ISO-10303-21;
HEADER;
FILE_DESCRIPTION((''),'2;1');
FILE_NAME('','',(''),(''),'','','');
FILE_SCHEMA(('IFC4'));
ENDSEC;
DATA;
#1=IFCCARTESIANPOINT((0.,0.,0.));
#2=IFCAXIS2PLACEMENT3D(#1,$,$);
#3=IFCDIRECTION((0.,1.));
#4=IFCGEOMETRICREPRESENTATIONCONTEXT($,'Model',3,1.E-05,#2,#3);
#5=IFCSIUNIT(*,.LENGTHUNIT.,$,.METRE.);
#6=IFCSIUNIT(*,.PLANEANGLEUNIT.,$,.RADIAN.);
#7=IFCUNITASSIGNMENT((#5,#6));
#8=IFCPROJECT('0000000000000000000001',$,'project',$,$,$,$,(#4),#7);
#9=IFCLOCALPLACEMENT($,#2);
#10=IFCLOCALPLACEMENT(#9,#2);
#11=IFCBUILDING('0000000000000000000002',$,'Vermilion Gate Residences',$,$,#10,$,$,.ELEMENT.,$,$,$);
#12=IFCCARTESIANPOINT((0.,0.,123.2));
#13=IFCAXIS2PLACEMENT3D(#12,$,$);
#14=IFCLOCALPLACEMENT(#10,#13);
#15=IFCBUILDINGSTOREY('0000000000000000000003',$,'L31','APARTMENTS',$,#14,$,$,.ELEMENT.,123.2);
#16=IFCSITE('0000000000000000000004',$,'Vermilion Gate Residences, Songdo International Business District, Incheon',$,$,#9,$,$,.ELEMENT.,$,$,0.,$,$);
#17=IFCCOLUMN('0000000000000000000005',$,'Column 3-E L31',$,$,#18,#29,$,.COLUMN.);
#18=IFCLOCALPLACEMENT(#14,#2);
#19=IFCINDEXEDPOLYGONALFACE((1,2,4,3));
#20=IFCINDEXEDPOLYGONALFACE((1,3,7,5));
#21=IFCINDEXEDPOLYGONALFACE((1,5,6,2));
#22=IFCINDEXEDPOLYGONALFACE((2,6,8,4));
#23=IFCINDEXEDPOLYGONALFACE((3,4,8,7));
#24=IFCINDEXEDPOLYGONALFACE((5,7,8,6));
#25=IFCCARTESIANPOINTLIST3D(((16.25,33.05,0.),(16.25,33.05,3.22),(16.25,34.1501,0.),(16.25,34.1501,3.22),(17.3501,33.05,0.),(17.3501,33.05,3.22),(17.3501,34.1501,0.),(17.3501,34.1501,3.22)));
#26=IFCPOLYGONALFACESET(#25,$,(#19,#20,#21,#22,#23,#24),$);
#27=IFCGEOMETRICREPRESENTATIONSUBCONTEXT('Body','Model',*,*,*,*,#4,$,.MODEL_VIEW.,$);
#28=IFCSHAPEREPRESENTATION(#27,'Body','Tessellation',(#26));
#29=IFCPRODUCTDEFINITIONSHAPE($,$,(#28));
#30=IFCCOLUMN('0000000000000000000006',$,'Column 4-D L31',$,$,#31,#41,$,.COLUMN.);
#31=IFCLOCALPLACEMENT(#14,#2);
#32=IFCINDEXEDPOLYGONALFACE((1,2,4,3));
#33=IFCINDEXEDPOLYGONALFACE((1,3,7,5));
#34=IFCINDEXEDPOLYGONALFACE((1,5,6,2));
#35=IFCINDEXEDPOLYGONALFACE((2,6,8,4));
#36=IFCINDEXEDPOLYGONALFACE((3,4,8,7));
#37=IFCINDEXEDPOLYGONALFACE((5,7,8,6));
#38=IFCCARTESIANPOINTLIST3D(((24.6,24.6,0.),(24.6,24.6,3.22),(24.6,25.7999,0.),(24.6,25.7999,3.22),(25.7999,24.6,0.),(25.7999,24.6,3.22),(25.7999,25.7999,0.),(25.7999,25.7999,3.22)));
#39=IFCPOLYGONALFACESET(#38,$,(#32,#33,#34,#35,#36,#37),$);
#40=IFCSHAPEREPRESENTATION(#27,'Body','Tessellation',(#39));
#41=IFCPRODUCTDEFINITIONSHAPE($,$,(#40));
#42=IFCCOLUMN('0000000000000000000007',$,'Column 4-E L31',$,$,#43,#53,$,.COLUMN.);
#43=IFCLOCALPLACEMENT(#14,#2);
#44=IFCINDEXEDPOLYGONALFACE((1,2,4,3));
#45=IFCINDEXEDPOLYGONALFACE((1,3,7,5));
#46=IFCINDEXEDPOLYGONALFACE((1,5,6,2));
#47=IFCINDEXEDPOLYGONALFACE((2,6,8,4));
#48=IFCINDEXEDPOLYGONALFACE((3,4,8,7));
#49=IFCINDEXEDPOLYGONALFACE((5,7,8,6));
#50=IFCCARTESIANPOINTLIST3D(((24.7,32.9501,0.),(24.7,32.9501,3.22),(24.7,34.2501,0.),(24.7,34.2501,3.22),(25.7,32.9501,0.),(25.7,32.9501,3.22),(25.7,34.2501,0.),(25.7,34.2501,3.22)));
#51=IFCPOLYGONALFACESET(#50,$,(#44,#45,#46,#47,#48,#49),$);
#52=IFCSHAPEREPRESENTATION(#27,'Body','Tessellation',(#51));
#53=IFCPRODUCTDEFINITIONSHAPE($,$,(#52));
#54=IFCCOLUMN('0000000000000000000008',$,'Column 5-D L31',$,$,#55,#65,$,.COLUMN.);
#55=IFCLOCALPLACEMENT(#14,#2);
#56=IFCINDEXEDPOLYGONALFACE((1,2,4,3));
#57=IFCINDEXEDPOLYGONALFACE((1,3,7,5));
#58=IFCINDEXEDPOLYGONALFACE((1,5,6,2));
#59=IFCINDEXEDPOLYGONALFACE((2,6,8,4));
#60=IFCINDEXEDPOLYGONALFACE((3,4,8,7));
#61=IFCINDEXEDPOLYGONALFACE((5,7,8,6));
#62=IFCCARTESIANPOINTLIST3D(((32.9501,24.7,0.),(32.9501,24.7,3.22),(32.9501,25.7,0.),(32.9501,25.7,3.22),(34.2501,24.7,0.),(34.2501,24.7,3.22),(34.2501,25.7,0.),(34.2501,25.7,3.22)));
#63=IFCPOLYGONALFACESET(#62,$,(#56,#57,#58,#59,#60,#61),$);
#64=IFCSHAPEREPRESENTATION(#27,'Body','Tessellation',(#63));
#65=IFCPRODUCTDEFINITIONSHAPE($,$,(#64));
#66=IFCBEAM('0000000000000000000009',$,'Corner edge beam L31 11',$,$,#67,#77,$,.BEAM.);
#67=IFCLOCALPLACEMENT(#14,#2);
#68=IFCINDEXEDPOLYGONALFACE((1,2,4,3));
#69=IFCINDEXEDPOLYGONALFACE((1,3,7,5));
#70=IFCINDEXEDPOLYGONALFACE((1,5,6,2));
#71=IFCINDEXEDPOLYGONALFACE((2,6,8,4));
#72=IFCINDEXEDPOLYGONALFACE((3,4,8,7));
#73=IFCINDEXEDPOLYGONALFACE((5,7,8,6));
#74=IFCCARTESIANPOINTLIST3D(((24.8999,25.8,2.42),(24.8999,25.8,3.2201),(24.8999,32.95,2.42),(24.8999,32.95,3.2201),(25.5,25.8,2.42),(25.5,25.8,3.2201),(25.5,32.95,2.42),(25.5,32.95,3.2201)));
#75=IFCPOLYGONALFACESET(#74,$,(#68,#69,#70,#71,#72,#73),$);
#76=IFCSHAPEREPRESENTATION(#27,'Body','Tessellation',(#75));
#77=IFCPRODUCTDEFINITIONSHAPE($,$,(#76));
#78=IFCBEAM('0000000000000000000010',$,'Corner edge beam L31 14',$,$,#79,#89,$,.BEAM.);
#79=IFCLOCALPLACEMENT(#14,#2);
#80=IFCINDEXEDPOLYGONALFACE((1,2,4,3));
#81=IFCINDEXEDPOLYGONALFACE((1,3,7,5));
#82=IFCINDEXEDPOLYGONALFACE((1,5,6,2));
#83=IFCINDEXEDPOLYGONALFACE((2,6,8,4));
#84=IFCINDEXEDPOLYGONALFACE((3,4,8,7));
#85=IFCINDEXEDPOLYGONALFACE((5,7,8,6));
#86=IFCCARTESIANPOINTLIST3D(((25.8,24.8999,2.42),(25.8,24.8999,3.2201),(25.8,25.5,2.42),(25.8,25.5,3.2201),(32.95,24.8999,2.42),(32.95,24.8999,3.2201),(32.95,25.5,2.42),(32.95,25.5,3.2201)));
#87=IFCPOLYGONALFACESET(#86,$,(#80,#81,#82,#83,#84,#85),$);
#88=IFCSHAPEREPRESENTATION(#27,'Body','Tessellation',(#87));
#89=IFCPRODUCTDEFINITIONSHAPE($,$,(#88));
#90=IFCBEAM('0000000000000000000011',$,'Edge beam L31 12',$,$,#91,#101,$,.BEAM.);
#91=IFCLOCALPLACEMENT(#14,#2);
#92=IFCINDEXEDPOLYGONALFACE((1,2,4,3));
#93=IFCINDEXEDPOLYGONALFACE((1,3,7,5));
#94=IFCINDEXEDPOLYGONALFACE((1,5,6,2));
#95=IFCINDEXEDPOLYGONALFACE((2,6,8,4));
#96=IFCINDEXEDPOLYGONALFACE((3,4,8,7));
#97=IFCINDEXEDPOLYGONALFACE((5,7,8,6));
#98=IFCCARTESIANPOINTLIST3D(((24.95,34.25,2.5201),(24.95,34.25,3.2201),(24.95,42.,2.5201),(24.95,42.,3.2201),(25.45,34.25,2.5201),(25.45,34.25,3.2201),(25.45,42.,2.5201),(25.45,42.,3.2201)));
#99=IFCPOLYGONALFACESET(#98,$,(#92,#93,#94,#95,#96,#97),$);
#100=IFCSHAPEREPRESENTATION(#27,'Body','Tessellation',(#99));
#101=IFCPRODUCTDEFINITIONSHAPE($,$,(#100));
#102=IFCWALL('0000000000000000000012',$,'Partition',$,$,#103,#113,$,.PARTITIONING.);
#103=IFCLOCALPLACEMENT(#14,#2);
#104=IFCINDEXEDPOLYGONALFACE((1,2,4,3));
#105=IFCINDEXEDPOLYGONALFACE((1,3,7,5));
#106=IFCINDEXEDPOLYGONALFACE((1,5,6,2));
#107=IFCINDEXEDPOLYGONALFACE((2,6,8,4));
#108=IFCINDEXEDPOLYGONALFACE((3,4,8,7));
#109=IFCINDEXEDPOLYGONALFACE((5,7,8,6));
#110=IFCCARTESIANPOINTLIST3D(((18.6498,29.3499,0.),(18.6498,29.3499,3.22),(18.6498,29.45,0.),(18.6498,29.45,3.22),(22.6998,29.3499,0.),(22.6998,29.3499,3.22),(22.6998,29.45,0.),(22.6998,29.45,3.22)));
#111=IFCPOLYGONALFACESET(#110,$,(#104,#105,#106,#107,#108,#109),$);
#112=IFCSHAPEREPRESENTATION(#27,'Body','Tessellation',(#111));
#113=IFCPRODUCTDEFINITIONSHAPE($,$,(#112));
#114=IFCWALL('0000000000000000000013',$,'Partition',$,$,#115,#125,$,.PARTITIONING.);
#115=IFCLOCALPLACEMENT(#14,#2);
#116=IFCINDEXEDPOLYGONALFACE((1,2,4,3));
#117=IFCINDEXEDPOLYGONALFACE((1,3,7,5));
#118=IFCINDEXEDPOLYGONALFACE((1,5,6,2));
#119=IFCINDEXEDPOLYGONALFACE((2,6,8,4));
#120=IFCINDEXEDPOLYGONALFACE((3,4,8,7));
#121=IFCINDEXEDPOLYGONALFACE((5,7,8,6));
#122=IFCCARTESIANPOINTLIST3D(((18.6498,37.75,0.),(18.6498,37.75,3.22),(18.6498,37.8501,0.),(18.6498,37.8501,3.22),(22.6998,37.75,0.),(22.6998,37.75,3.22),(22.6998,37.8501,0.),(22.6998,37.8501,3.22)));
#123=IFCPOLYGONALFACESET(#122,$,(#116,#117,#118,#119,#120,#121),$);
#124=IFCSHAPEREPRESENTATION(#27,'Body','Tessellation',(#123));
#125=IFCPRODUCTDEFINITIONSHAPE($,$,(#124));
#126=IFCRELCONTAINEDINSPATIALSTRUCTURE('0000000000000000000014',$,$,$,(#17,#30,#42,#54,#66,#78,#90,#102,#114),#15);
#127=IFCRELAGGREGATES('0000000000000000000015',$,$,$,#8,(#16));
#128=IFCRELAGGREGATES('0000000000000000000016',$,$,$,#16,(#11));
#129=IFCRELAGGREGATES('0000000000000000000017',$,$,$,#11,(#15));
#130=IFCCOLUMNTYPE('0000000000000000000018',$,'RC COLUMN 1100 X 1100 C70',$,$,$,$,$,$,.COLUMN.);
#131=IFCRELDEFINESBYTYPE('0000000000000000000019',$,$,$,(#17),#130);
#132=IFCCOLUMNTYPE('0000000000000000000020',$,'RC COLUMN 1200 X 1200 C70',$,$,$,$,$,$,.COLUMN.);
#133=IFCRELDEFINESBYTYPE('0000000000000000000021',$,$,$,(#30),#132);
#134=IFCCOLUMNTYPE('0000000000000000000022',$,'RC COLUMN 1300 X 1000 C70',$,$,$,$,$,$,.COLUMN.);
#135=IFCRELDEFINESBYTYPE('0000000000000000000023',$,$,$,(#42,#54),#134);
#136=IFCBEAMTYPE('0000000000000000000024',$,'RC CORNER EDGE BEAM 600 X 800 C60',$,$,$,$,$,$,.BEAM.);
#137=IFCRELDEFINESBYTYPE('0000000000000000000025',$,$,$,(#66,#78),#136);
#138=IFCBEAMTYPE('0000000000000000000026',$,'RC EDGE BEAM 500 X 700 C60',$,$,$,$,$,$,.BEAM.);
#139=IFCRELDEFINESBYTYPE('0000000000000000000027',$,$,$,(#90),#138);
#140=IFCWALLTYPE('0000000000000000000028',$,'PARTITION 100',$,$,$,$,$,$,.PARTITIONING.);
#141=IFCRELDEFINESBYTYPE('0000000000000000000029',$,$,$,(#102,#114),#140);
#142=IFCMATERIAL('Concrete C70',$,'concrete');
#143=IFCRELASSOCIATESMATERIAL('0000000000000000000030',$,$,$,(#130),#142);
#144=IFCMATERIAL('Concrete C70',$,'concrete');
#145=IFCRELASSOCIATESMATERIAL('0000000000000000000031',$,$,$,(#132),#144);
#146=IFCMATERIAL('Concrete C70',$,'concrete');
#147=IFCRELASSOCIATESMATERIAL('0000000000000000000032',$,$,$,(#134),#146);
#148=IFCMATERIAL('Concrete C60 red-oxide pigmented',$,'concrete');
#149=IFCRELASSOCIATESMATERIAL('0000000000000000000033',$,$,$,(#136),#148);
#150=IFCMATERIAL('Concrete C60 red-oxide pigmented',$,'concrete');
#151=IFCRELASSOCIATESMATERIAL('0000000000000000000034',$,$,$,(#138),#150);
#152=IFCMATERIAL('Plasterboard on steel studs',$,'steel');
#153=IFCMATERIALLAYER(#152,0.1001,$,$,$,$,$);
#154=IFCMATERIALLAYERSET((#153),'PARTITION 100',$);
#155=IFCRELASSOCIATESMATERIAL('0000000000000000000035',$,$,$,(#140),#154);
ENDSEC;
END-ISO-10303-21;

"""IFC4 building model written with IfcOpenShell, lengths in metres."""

from ifc_helpers import new_model, si_unit, direction, frame, frame_2d, origin, origin_2d, place, context, subcontext, project, spatial, rectangle, extrude, material, layer, layer_set, material_profile, profile_set, type_object, element, save


model = new_model("IFC4")

# Units and contexts
model_context = context("Model", 3, precision=1e-05, world=origin(), true_north=direction((0.0, 1.0)))
body_context = subcontext(model_context, "Body", "Model", "MODEL_VIEW")
ifc_project = project(units=[si_unit("LENGTHUNIT", "METRE"), si_unit("PLANEANGLEUNIT", "RADIAN")], contexts=[model_context])

# Site, building, storey
site_placement = place(None, origin())
site = spatial("IfcSite", under=ifc_project, at=site_placement, Name="Vermilion Gate Residences, Songdo International Business District, Incheon", CompositionType="ELEMENT", RefElevation=0.0)
building_placement = place(site_placement, origin())
building = spatial("IfcBuilding", under=site, at=building_placement, Name="Vermilion Gate Residences", CompositionType="ELEMENT")
storey_placement = place(building_placement, frame((0.0, 0.0, 123.2)))
storey = spatial("IfcBuildingStorey", under=building, at=storey_placement, Name="L31", Description="APARTMENTS", CompositionType="ELEMENT", Elevation=123.2)

# Columns
ifc_material_1 = material(Name="Concrete C70", Category="concrete")
ifc_material_profile_1 = material_profile(ifc_material_1, rectangle(XDim=1.1001, YDim=1.1001, at=origin_2d()), Name="RC-1100x1100")
ifc_profile_set_1 = profile_set([ifc_material_profile_1], Name="Concrete C70")
column_type_1 = type_object("IfcColumnType", Name="RC COLUMN 1100 X 1100 C70", PredefinedType="COLUMN", material=ifc_profile_set_1)
column_1_placement = place(storey_placement, frame((16.8, 33.6001, 0.0), z_axis=(0.0, 0.0, 1.0), x_axis=(1.0, 0.0, 0.0)))
element("IfcColumn", 1, at=column_1_placement, inside=storey, type_object=column_type_1, Name="Column 3-E L31", PredefinedType="COLUMN", context=body_context, shape_type="SweptSolid", body=[
    extrude(rectangle(XDim=1.1001, YDim=1.1001, at=origin_2d()), origin(), (0.0, 0.0, 1.0), 3.22),
])
ifc_material_2 = material(Name="Concrete C70", Category="concrete")
ifc_material_profile_2 = material_profile(ifc_material_2, rectangle(XDim=1.2, YDim=1.2, at=origin_2d()), Name="RC-1200x1200")
ifc_profile_set_2 = profile_set([ifc_material_profile_2], Name="Concrete C70")
column_type_2 = type_object("IfcColumnType", Name="RC COLUMN 1200 X 1200 C70", PredefinedType="COLUMN", material=ifc_profile_set_2)
column_2_placement = place(storey_placement, frame((25.2, 25.2, 0.0), z_axis=(0.0, 0.0, 1.0), x_axis=(1.0, 0.0, 0.0)))
element("IfcColumn", 2, at=column_2_placement, inside=storey, type_object=column_type_2, Name="Column 4-D L31", PredefinedType="COLUMN", context=body_context, shape_type="SweptSolid", body=[
    extrude(rectangle(XDim=1.2, YDim=1.2, at=origin_2d()), origin(), (0.0, 0.0, 1.0), 3.22),
])
ifc_material_3 = material(Name="Concrete C70", Category="concrete")
ifc_material_profile_3 = material_profile(ifc_material_3, rectangle(XDim=1.3, YDim=1.0, at=origin_2d()), Name="RC-1300x1000")
ifc_profile_set_3 = profile_set([ifc_material_profile_3], Name="Concrete C70")
column_type_3 = type_object("IfcColumnType", Name="RC COLUMN 1300 X 1000 C70", PredefinedType="COLUMN", material=ifc_profile_set_3)
for number, where, z_axis, x_axis, name in (
    (3, (25.2, 33.6001, 0.0), (0.0, 0.0, 1.0), (0.0, 1.0, 0.0), "Column 4-E L31"),
    (4, (33.6001, 25.2, 0.0), (0.0, 0.0, 1.0), (1.0, 0.0, 0.0), "Column 5-D L31"),
):
    element("IfcColumn", number, at=place(storey_placement, frame(where, z_axis=z_axis, x_axis=x_axis)), inside=storey, type_object=column_type_3, Name=name, PredefinedType="COLUMN", context=body_context, shape_type="SweptSolid", body=[
        extrude(rectangle(XDim=1.3, YDim=1.0, at=origin_2d()), origin(), (0.0, 0.0, 1.0), 3.22),
    ])

# Beams
ifc_material_4 = material(Name="Concrete C60 red-oxide pigmented", Category="concrete")
ifc_material_profile_4 = material_profile(ifc_material_4, rectangle(XDim=0.6001, YDim=0.8, at=origin_2d()), Name="RC-600x800")
ifc_profile_set_4 = profile_set([ifc_material_profile_4], Name="Concrete C60 red-oxide pigmented")
beam_type_1 = type_object("IfcBeamType", Name="RC CORNER EDGE BEAM 600 X 800 C60", PredefinedType="BEAM", material=ifc_profile_set_4)
for number, where, z_axis, x_axis, name in (
    (5, (25.2, 25.8, 2.8201), (0.0, 1.0, 0.0), (-1.0, 0.0, 0.0), "Corner edge beam L31 11"),
    (6, (25.8, 25.2, 2.8201), (1.0, 0.0, 0.0), (0.0, 1.0, 0.0), "Corner edge beam L31 14"),
):
    element("IfcBeam", number, at=place(storey_placement, frame(where, z_axis=z_axis, x_axis=x_axis)), inside=storey, type_object=beam_type_1, Name=name, PredefinedType="BEAM", context=body_context, shape_type="SweptSolid", body=[
        extrude(rectangle(XDim=0.6001, YDim=0.8, at=origin_2d()), origin(), (0.0, 0.0, 1.0), 7.1499),
    ])
ifc_material_5 = material(Name="Concrete C60 red-oxide pigmented", Category="concrete")
ifc_material_profile_5 = material_profile(ifc_material_5, rectangle(XDim=0.5, YDim=0.7, at=origin_2d()), Name="RC-500x700")
ifc_profile_set_5 = profile_set([ifc_material_profile_5], Name="Concrete C60 red-oxide pigmented")
beam_type_2 = type_object("IfcBeamType", Name="RC EDGE BEAM 500 X 700 C60", PredefinedType="BEAM", material=ifc_profile_set_5)
beam_placement = place(storey_placement, frame((25.2, 34.25, 2.8701), z_axis=(0.0, 1.0, 0.0), x_axis=(-1.0, 0.0, 0.0)))
element("IfcBeam", 7, at=beam_placement, inside=storey, type_object=beam_type_2, Name="Edge beam L31 12", PredefinedType="BEAM", context=body_context, shape_type="SweptSolid", body=[
    extrude(rectangle(XDim=0.5, YDim=0.7, at=origin_2d()), origin(), (0.0, 0.0, 1.0), 7.75),
])

# Walls
ifc_material_6 = material(Name="Plasterboard on steel studs", Category="steel")
ifc_layer_1 = layer(ifc_material_6, 0.1001)
ifc_layer_set_1 = layer_set([ifc_layer_1], Name="PARTITION 100")
wall_type = type_object("IfcWallType", Name="PARTITION 100", PredefinedType="PARTITIONING", material=ifc_layer_set_1)
for number, where, z_axis, x_axis, name in (
    (8, (18.6499, 29.3999, 0.0), (0.0, 0.0, 1.0), (1.0, 0.0, 0.0), "Partition"),
    (9, (18.6499, 37.8, 0.0), (0.0, 0.0, 1.0), (1.0, 0.0, 0.0), "Partition"),
):
    element("IfcWall", number, at=place(storey_placement, frame(where, z_axis=z_axis, x_axis=x_axis)), inside=storey, type_object=wall_type, Name=name, PredefinedType="PARTITIONING", context=body_context, shape_type="SweptSolid", body=[
        extrude(rectangle(XDim=4.05, YDim=0.1001, at=frame_2d((2.0249, 0.0))), origin(), (0.0, 0.0, 1.0), 3.22),
    ])

save(model, "model.ifc")
